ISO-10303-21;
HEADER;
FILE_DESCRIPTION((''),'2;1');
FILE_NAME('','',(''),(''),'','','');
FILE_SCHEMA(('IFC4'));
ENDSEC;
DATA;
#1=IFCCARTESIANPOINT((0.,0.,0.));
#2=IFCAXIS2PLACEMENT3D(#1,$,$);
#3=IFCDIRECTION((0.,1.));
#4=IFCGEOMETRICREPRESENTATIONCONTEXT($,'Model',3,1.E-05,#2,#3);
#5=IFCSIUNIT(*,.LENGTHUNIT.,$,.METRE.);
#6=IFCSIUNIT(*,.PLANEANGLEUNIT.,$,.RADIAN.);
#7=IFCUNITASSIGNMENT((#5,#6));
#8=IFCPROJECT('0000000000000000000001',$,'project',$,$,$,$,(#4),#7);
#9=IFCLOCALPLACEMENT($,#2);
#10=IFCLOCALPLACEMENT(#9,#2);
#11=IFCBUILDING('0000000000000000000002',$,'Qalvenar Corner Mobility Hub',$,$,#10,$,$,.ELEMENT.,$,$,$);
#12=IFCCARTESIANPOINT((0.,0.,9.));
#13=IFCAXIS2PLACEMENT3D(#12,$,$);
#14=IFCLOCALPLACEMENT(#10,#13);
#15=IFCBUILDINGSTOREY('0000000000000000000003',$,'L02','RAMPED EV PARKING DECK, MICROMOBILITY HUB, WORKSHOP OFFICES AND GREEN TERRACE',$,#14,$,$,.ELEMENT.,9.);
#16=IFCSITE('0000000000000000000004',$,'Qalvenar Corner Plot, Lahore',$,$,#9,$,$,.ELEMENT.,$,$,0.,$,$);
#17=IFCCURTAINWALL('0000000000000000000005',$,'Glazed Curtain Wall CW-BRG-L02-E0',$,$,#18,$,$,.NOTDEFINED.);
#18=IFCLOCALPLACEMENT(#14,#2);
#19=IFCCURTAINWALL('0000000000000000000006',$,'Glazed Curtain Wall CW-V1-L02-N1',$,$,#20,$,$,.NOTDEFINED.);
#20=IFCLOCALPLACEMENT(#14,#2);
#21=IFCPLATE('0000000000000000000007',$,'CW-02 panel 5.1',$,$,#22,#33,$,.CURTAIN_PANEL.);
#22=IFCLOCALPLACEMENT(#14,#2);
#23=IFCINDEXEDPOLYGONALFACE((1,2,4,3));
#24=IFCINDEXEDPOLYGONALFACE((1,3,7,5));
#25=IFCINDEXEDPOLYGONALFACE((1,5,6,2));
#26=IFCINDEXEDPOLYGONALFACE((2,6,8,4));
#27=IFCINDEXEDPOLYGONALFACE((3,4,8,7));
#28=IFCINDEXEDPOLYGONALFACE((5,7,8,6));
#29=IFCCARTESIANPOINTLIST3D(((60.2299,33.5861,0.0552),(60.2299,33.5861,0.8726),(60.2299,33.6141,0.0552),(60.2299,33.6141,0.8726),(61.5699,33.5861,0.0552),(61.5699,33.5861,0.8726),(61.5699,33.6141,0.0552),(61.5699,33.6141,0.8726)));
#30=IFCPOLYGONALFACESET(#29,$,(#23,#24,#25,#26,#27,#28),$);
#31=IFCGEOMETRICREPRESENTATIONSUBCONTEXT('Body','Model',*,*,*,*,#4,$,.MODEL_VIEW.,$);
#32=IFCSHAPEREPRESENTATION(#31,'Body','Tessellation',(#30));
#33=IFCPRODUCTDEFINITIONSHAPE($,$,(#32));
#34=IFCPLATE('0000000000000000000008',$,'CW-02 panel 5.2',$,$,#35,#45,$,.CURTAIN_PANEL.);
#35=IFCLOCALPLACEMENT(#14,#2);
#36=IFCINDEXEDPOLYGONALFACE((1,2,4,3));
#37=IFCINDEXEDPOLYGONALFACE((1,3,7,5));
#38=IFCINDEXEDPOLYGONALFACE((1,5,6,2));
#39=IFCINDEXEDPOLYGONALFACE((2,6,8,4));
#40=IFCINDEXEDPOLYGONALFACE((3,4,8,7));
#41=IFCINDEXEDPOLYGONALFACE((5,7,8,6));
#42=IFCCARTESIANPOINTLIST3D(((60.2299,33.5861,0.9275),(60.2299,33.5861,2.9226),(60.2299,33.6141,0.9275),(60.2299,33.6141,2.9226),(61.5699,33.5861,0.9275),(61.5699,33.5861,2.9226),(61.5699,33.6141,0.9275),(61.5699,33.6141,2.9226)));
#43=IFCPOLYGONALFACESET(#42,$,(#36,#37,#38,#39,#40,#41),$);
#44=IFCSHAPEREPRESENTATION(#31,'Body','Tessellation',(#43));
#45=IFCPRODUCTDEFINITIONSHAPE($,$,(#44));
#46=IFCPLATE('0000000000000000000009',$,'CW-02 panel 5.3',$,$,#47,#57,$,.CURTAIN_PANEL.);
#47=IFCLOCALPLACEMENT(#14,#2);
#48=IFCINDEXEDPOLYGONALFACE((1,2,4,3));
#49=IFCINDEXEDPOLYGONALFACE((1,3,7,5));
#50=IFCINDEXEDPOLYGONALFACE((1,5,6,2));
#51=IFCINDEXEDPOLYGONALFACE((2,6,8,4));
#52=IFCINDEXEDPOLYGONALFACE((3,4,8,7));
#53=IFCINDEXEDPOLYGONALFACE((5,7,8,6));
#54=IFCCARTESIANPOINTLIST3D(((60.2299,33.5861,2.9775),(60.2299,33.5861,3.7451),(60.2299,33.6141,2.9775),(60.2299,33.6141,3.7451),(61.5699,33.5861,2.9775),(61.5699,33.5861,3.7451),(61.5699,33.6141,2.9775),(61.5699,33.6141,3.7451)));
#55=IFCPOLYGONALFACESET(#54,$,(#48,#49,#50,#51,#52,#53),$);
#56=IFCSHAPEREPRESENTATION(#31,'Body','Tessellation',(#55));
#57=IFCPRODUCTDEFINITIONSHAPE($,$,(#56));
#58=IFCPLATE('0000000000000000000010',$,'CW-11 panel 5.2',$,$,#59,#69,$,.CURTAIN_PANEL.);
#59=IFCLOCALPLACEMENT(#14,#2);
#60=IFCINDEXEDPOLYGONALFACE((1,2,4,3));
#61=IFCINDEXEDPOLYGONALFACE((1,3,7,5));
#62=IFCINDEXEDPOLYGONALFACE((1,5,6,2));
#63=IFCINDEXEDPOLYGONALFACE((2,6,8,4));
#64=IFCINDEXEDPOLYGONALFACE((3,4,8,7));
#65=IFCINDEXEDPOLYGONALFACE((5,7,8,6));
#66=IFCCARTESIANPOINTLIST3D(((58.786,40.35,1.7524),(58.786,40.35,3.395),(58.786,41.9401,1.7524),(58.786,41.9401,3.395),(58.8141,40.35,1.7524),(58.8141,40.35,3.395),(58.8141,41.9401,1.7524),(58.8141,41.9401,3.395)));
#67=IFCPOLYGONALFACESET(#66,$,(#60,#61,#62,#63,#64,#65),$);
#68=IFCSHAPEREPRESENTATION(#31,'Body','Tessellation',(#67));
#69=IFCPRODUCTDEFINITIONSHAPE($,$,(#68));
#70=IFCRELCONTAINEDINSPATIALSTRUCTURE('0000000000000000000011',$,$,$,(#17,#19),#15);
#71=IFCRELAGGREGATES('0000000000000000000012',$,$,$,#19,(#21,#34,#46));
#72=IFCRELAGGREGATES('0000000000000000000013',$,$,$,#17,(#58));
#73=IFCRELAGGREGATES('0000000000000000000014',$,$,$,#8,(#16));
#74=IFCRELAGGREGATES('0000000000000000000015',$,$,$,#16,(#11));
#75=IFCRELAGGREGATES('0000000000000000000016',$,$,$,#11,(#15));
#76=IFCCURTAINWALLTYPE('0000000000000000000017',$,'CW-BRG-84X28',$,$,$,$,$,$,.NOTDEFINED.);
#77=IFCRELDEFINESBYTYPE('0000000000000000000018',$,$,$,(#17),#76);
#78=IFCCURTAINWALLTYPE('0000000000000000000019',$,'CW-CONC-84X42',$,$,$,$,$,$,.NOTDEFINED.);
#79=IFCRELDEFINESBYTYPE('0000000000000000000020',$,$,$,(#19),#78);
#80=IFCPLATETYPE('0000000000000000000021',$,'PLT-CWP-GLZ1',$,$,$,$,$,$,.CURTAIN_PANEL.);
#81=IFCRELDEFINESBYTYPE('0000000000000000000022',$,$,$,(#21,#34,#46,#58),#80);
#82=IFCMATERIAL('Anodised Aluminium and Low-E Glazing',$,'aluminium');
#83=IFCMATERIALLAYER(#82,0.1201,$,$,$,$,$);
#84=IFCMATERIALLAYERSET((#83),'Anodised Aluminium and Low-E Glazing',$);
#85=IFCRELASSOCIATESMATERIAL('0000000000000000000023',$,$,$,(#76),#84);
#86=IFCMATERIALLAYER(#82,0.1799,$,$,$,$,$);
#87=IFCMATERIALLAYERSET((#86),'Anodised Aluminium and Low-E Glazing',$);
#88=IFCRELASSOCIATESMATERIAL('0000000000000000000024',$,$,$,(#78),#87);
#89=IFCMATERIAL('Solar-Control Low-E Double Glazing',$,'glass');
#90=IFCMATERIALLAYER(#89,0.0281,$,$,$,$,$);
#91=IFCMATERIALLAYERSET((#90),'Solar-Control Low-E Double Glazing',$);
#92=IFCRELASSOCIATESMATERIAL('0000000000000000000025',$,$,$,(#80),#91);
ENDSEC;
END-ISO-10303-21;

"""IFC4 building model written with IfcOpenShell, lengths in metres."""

from ifc_helpers import new_model, si_unit, direction, frame, origin, origin_2d, place, context, subcontext, project, spatial, rectangle, extrude, material, layer, layer_set, type_object, element, aggregate, save


model = new_model("IFC4")

# Units and contexts
model_context = context("Model", 3, precision=1e-05, world=origin(), true_north=direction((0.0, 1.0)))
body_context = subcontext(model_context, "Body", "Model", "MODEL_VIEW")
ifc_project = project(units=[si_unit("LENGTHUNIT", "METRE"), si_unit("PLANEANGLEUNIT", "RADIAN")], contexts=[model_context])

# Site, building, storey
site_placement = place(None, origin())
site = spatial("IfcSite", under=ifc_project, at=site_placement, Name="Qalvenar Corner Plot, Lahore", CompositionType="ELEMENT", RefElevation=0.0)
building_placement = place(site_placement, origin())
building = spatial("IfcBuilding", under=site, at=building_placement, Name="Qalvenar Corner Mobility Hub", CompositionType="ELEMENT")
storey_placement = place(building_placement, frame((0.0, 0.0, 9.0)))
storey = spatial("IfcBuildingStorey", under=building, at=storey_placement, Name="L02", Description="RAMPED EV PARKING DECK, MICROMOBILITY HUB, WORKSHOP OFFICES AND GREEN TERRACE", CompositionType="ELEMENT", Elevation=9.0)

# Curtain wall
ifc_material_1 = material(Name="Anodised Aluminium and Low-E Glazing", Category="aluminium")
ifc_layer_1 = layer(ifc_material_1, 0.1201)
ifc_layer_set_1 = layer_set([ifc_layer_1], Name="Anodised Aluminium and Low-E Glazing")
curtain_wall_type_1 = type_object("IfcCurtainWallType", Name="CW-BRG-84X28", PredefinedType="NOTDEFINED", material=ifc_layer_set_1)
curtain_wall_1_placement = place(storey_placement, origin())
curtain_wall_1 = element("IfcCurtainWall", 1, at=curtain_wall_1_placement, inside=storey, type_object=curtain_wall_type_1, Name="Glazed Curtain Wall CW-BRG-L02-E0", PredefinedType="NOTDEFINED")

# Curtain wall, plates
ifc_layer_2 = layer(ifc_material_1, 0.1799)
ifc_layer_set_2 = layer_set([ifc_layer_2], Name="Anodised Aluminium and Low-E Glazing")
curtain_wall_type_2 = type_object("IfcCurtainWallType", Name="CW-CONC-84X42", PredefinedType="NOTDEFINED", material=ifc_layer_set_2)
curtain_wall_2_placement = place(storey_placement, origin())
curtain_wall_2 = element("IfcCurtainWall", 2, at=curtain_wall_2_placement, inside=storey, type_object=curtain_wall_type_2, Name="Glazed Curtain Wall CW-V1-L02-N1", PredefinedType="NOTDEFINED")
ifc_material_2 = material(Name="Solar-Control Low-E Double Glazing", Category="glass")
ifc_layer_3 = layer(ifc_material_2, 0.0281)
ifc_layer_set_3 = layer_set([ifc_layer_3], Name="Solar-Control Low-E Double Glazing")
plate_type = type_object("IfcPlateType", Name="PLT-CWP-GLZ1", PredefinedType="CURTAIN_PANEL", material=ifc_layer_set_3)
plate_1_placement = place(storey_placement, frame((60.8999, 33.6001, 0.0552), z_axis=(0.0, 0.0, 1.0), x_axis=(-1.0, 0.0, 0.0)))
plate_1 = element("IfcPlate", 3, at=plate_1_placement, type_object=plate_type, Name="CW-02 panel 5.1", PredefinedType="CURTAIN_PANEL", context=body_context, shape_type="SweptSolid", body=[
    extrude(rectangle(XDim=1.3401, YDim=0.0281, at=origin_2d()), origin(), (0.0, 0.0, 1.0), 0.8174),
])
plate_2_placement = place(storey_placement, frame((60.8999, 33.6001, 0.9275), z_axis=(0.0, 0.0, 1.0), x_axis=(-1.0, 0.0, 0.0)))
plate_2 = element("IfcPlate", 4, at=plate_2_placement, type_object=plate_type, Name="CW-02 panel 5.2", PredefinedType="CURTAIN_PANEL", context=body_context, shape_type="SweptSolid", body=[
    extrude(rectangle(XDim=1.3401, YDim=0.0281, at=origin_2d()), origin(), (0.0, 0.0, 1.0), 1.9951),
])
plate_3_placement = place(storey_placement, frame((60.8999, 33.6001, 2.9775), z_axis=(0.0, 0.0, 1.0), x_axis=(-1.0, 0.0, 0.0)))
plate_3 = element("IfcPlate", 5, at=plate_3_placement, type_object=plate_type, Name="CW-02 panel 5.3", PredefinedType="CURTAIN_PANEL", context=body_context, shape_type="SweptSolid", body=[
    extrude(rectangle(XDim=1.3401, YDim=0.0281, at=origin_2d()), origin(), (0.0, 0.0, 1.0), 0.7676),
])
aggregate(curtain_wall_2, [plate_1, plate_2, plate_3])

# Plate
plate_4_placement = place(storey_placement, frame((58.8, 41.145, 1.7524), z_axis=(0.0, 0.0, 1.0), x_axis=(0.0, 1.0, 0.0)))
plate_4 = element("IfcPlate", 6, at=plate_4_placement, type_object=plate_type, Name="CW-11 panel 5.2", PredefinedType="CURTAIN_PANEL", context=body_context, shape_type="SweptSolid", body=[
    extrude(rectangle(XDim=1.5901, YDim=0.0281, at=origin_2d()), origin(), (0.0, 0.0, 1.0), 1.6426),
])
aggregate(curtain_wall_1, [plate_4])

save(model, "model.ifc")
